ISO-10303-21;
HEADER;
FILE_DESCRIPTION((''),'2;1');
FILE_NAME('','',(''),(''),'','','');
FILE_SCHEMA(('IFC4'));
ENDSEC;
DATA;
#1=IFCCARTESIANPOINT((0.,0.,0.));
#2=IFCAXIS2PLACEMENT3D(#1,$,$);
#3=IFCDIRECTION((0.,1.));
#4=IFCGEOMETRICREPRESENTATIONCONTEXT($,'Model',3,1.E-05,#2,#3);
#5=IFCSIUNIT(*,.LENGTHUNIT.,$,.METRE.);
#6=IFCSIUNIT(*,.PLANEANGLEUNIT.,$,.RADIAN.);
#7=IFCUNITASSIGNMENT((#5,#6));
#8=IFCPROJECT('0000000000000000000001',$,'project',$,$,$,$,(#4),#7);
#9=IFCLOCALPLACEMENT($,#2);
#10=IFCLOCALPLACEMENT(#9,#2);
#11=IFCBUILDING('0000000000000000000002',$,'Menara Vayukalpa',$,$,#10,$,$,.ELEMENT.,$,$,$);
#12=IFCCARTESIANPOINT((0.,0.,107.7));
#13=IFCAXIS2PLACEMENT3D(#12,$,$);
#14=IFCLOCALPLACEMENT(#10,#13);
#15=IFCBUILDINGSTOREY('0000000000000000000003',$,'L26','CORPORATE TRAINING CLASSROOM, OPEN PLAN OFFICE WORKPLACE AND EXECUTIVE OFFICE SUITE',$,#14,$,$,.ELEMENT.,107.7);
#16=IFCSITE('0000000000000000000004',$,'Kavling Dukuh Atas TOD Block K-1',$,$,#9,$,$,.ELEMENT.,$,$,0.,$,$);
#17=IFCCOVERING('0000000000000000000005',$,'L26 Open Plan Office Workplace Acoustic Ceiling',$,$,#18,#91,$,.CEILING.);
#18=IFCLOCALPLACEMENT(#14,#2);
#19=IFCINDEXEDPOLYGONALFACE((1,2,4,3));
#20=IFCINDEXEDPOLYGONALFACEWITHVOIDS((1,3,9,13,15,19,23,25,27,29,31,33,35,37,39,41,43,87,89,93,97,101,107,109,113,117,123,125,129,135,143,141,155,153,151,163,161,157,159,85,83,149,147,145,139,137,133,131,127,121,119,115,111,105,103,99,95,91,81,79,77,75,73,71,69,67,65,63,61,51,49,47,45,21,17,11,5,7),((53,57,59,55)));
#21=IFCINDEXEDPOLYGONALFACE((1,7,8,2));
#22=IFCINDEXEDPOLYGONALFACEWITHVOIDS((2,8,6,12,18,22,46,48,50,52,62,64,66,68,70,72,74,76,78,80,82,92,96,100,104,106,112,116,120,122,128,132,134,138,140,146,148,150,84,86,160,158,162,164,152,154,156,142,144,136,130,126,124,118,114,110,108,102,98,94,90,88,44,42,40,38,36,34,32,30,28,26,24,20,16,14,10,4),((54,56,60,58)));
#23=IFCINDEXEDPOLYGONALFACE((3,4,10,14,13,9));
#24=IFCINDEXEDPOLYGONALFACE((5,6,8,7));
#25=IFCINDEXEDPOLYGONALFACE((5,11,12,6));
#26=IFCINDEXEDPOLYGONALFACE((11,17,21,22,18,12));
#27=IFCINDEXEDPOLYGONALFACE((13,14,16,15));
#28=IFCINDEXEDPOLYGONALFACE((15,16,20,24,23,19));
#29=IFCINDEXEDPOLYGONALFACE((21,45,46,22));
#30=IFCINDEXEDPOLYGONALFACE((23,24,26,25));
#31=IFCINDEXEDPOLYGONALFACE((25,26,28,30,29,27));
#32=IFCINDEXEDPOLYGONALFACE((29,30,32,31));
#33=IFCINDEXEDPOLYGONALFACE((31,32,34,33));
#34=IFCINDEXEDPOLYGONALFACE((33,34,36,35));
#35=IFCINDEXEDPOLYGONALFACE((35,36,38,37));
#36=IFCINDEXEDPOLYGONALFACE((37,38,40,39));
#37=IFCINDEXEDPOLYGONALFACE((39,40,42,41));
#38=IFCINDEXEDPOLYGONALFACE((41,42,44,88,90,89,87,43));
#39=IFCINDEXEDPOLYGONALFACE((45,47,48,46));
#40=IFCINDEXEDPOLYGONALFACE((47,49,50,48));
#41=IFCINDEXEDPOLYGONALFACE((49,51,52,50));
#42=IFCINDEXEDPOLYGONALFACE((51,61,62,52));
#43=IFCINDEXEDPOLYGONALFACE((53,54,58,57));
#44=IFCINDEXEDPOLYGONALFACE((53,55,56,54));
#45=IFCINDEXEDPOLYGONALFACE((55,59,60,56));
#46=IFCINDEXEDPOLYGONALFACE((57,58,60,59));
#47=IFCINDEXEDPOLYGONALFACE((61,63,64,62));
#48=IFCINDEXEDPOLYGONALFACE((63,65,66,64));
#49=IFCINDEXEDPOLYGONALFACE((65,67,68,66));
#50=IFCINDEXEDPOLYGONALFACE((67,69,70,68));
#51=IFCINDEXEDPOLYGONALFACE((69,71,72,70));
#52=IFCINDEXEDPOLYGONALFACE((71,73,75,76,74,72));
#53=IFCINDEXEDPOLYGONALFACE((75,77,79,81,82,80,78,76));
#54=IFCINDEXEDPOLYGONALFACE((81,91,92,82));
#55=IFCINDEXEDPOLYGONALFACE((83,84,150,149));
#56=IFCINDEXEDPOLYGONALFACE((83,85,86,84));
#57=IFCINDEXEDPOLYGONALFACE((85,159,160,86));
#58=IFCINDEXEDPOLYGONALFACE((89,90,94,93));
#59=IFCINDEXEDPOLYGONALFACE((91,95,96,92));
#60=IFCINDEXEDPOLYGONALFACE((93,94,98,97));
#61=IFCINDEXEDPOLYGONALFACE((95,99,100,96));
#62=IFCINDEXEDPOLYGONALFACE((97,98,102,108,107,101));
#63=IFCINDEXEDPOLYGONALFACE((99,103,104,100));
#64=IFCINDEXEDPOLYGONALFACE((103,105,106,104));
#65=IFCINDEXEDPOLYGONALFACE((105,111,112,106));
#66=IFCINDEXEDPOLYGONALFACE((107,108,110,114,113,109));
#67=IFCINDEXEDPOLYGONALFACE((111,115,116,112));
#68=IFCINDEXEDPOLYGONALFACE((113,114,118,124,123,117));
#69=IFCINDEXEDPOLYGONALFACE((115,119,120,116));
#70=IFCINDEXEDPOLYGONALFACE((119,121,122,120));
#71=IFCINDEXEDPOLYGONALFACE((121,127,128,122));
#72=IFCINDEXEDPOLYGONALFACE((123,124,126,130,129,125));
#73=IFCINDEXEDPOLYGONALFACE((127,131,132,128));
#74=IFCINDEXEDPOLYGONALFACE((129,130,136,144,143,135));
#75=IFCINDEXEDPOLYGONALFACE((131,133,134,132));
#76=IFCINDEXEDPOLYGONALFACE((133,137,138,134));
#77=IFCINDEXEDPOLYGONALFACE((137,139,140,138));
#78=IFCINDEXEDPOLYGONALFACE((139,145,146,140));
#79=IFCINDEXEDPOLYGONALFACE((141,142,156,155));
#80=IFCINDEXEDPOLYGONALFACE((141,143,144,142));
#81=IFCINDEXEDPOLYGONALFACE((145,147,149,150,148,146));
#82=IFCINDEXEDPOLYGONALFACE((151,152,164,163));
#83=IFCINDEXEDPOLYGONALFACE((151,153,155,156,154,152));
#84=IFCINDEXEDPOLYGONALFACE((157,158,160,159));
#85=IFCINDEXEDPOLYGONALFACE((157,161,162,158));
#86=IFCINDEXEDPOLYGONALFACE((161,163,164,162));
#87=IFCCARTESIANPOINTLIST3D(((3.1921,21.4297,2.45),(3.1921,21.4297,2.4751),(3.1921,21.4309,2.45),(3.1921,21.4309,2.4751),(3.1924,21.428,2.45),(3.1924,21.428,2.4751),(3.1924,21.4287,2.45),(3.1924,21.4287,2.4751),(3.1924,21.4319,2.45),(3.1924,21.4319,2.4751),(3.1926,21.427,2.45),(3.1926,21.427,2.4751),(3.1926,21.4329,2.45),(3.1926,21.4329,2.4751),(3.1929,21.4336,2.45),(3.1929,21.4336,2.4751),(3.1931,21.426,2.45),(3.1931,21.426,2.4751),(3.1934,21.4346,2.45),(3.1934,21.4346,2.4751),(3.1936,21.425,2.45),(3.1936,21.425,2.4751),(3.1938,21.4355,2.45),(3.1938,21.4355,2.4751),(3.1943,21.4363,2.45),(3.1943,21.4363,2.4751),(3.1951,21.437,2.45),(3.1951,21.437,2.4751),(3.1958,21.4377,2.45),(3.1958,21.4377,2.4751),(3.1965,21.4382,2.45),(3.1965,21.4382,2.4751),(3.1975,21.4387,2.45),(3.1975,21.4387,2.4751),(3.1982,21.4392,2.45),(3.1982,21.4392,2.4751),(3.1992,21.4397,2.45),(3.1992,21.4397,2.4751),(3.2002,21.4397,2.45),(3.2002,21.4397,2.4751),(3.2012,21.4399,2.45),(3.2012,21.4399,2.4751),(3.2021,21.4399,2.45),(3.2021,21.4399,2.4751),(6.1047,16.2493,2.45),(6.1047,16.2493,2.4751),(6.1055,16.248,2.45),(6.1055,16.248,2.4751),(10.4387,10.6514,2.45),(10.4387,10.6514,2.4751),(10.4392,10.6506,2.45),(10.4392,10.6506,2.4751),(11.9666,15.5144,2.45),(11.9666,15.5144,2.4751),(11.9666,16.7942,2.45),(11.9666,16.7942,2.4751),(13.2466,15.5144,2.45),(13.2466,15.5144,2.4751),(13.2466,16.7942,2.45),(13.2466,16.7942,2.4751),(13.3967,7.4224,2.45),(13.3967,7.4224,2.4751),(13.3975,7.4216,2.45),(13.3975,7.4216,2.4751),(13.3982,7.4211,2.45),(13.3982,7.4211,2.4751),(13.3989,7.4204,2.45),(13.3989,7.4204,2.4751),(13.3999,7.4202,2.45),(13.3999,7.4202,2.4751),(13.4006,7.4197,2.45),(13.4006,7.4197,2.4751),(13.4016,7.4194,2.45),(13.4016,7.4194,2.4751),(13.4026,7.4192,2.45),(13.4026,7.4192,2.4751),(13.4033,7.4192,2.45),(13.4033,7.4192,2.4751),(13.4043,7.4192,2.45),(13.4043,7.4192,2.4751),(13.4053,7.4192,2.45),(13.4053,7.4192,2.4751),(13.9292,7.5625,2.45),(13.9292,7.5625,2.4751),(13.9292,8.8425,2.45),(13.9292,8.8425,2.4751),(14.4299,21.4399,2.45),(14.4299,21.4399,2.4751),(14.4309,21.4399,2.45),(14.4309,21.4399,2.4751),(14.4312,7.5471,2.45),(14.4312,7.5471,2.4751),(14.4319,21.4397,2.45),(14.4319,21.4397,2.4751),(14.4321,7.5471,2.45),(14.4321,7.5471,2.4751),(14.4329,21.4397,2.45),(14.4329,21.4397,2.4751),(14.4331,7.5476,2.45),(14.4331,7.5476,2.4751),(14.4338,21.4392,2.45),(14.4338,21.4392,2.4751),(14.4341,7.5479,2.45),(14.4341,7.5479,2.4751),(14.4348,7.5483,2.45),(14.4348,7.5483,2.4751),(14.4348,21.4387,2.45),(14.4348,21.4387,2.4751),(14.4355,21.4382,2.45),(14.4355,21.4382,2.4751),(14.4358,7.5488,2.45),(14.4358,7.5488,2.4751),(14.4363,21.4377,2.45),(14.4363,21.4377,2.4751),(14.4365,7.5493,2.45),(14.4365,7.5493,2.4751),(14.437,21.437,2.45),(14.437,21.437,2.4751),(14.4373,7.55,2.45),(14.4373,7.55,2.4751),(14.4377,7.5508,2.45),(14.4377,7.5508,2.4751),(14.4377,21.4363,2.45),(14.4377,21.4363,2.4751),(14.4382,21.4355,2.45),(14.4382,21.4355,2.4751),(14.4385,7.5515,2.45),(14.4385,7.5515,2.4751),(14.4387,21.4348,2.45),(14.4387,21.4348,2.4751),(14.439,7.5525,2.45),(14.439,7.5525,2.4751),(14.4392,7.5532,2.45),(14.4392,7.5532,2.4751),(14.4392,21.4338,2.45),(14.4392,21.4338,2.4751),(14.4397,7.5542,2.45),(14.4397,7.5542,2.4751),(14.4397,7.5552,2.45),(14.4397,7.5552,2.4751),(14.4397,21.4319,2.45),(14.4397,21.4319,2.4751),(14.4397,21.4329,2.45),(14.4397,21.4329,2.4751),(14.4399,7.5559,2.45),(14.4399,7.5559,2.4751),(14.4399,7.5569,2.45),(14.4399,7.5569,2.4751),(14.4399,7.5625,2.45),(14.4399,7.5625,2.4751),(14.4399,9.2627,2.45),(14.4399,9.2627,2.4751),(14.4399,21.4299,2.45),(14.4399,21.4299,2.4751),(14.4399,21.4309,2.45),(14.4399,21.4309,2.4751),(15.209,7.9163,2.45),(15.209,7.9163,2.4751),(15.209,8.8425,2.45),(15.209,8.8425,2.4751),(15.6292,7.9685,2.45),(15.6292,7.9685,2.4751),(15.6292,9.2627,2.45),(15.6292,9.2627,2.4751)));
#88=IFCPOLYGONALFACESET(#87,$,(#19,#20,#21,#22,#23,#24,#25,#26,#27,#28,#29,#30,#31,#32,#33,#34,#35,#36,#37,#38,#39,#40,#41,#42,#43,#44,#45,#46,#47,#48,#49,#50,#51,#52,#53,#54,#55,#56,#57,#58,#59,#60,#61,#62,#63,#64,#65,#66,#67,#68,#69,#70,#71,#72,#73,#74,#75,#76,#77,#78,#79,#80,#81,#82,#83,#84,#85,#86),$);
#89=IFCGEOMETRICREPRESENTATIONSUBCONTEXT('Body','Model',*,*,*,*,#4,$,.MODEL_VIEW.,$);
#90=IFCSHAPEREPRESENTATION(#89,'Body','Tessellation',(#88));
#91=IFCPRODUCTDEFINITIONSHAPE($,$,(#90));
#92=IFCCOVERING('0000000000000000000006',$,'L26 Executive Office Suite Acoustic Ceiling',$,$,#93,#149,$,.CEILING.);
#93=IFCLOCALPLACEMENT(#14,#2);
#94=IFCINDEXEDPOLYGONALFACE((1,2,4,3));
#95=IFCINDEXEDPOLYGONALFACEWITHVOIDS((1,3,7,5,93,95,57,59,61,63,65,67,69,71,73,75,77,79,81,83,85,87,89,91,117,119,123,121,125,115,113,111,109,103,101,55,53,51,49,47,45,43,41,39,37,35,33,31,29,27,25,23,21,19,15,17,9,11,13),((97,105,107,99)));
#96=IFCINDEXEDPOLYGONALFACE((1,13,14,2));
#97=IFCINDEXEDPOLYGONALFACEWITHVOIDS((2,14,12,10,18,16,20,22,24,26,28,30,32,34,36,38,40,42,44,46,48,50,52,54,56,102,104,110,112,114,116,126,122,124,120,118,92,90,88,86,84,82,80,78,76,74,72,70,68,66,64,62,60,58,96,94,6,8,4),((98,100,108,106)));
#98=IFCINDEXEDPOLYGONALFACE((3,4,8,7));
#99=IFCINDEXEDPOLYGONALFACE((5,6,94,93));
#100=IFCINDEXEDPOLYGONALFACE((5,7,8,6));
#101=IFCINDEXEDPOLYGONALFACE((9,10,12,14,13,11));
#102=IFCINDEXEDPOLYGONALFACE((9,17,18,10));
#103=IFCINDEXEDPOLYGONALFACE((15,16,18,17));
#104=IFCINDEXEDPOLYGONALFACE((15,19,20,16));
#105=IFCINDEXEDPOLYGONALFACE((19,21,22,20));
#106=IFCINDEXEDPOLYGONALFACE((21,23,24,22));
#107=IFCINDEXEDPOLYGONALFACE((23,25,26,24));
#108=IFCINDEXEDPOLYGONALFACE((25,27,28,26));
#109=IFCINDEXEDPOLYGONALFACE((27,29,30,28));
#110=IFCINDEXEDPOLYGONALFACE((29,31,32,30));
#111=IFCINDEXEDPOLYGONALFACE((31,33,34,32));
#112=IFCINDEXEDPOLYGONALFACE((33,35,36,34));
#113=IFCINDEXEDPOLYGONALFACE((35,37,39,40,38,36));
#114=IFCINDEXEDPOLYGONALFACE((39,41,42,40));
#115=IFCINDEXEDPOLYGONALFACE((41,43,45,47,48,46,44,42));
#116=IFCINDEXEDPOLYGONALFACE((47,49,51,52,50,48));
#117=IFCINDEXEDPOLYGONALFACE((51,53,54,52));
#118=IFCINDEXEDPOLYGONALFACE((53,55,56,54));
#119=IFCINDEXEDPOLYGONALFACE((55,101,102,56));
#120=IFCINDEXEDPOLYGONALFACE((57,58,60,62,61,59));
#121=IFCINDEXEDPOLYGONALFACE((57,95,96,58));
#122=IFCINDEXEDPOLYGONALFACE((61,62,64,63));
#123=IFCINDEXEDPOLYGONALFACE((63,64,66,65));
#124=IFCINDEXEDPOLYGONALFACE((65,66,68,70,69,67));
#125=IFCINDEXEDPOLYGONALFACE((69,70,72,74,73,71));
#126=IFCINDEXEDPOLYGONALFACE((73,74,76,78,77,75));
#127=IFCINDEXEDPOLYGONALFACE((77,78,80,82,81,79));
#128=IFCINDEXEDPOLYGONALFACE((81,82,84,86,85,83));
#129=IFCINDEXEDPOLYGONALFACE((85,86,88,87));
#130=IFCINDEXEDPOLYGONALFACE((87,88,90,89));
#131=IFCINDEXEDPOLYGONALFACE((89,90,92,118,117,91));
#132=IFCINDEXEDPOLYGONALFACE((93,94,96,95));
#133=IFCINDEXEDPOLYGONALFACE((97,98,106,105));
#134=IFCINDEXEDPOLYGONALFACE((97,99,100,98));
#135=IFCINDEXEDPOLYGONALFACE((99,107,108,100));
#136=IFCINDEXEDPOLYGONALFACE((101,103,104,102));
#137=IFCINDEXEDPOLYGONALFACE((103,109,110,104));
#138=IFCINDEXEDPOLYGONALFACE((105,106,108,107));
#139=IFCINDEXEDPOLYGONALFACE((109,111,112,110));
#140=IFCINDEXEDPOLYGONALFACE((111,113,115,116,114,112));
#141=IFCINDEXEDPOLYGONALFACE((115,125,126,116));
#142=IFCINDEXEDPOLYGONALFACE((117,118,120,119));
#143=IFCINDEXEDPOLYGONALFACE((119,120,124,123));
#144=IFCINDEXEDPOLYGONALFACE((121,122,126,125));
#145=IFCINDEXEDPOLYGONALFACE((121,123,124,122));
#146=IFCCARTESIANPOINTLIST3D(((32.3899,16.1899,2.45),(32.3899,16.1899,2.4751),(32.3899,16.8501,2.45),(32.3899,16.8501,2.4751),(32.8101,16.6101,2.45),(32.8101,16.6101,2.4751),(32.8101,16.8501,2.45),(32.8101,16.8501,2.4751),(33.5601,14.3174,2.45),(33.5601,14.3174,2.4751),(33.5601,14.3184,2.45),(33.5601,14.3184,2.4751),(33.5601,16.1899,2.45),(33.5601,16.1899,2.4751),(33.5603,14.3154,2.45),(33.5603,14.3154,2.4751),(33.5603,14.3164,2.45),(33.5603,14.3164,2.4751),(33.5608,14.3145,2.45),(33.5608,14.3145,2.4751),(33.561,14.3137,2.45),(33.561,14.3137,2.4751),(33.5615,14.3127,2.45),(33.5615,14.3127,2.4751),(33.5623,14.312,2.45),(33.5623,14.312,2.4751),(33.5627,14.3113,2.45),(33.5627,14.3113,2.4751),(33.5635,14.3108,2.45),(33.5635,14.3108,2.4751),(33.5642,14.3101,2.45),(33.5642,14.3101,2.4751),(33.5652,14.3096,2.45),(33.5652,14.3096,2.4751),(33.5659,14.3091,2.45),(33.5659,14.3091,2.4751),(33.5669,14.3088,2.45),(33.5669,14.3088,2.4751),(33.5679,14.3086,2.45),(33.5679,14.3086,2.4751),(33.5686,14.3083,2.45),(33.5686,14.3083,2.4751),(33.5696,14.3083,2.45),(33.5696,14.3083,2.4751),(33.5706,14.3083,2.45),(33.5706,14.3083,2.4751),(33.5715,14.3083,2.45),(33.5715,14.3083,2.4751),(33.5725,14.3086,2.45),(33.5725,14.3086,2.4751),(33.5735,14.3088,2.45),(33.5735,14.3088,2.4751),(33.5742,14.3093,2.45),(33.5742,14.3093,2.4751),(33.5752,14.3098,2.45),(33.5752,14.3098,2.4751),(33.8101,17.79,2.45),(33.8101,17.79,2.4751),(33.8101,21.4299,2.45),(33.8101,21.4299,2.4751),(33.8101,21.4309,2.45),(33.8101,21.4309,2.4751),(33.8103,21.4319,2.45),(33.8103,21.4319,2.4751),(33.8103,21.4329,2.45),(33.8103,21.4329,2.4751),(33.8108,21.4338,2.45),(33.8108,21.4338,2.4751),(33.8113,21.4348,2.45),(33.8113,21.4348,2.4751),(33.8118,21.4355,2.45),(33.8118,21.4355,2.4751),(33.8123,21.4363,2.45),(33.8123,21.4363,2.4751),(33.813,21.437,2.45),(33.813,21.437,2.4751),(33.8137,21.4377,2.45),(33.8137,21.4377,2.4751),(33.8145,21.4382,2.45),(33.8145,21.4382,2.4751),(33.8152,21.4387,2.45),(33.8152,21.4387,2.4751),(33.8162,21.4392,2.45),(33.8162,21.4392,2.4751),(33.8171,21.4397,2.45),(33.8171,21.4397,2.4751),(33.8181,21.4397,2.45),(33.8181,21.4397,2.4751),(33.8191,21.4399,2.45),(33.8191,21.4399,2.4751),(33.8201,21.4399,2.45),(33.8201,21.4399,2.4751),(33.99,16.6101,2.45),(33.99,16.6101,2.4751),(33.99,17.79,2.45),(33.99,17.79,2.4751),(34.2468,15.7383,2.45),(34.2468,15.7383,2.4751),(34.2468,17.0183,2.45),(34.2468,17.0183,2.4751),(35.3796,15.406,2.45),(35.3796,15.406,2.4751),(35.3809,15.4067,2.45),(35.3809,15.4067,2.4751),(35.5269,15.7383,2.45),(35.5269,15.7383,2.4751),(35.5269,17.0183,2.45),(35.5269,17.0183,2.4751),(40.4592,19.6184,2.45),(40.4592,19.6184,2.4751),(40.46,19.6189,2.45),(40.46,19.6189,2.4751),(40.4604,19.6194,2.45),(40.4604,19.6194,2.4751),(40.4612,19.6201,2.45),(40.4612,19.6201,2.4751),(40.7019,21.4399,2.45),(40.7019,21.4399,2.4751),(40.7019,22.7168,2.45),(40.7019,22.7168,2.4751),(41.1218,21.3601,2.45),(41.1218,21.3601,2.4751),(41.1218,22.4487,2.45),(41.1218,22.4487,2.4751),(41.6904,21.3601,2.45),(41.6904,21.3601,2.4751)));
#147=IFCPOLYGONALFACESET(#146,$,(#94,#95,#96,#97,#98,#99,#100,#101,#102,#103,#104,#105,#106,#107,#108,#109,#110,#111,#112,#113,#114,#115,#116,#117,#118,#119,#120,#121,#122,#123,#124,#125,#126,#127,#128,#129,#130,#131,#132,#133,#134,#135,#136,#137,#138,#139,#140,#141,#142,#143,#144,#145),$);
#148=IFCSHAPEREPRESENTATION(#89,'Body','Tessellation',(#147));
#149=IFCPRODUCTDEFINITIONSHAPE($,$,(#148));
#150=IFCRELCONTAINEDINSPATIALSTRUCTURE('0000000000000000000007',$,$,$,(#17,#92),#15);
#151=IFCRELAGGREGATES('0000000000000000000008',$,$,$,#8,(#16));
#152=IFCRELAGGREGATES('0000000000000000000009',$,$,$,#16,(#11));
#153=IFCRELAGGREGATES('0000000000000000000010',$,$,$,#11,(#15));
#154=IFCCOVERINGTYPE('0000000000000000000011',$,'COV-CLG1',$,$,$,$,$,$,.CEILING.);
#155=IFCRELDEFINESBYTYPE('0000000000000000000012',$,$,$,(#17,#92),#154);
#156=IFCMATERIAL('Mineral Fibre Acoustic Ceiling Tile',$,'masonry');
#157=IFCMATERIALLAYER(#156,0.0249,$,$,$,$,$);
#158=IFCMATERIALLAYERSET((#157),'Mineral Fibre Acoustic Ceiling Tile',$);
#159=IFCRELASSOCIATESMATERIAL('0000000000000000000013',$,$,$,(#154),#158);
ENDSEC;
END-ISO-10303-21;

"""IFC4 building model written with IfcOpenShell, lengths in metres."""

from ifc_helpers import new_model, si_unit, direction, frame, origin, place, context, subcontext, project, spatial, polyline, outline, extrude, material, layer, layer_set, type_object, element, save


model = new_model("IFC4")

# Units and contexts
model_context = context("Model", 3, precision=1e-05, world=origin(), true_north=direction((0.0, 1.0)))
body_context = subcontext(model_context, "Body", "Model", "MODEL_VIEW")
ifc_project = project(units=[si_unit("LENGTHUNIT", "METRE"), si_unit("PLANEANGLEUNIT", "RADIAN")], contexts=[model_context])

# Site, building, storey
site_placement = place(None, origin())
site = spatial("IfcSite", under=ifc_project, at=site_placement, Name="Kavling Dukuh Atas TOD Block K-1", CompositionType="ELEMENT", RefElevation=0.0)
building_placement = place(site_placement, origin())
building = spatial("IfcBuilding", under=site, at=building_placement, Name="Menara Vayukalpa", CompositionType="ELEMENT")
storey_placement = place(building_placement, frame((0.0, 0.0, 107.7)))
storey = spatial("IfcBuildingStorey", under=building, at=storey_placement, Name="L26", Description="CORPORATE TRAINING CLASSROOM, OPEN PLAN OFFICE WORKPLACE AND EXECUTIVE OFFICE SUITE", CompositionType="ELEMENT", Elevation=107.7)

# Coverings
ifc_material_1 = material(Name="Mineral Fibre Acoustic Ceiling Tile", Category="masonry")
ifc_layer_1 = layer(ifc_material_1, 0.0249)
ifc_layer_set_1 = layer_set([ifc_layer_1], Name="Mineral Fibre Acoustic Ceiling Tile")
covering_type_1 = type_object("IfcCoveringType", Name="COV-CLG1", PredefinedType="CEILING", material=ifc_layer_set_1)
covering_1_placement = place(storey_placement, frame((0.0, 0.0, 2.45)))
element("IfcCovering", 1, at=covering_1_placement, inside=storey, type_object=covering_type_1, Name="L26 Open Plan Office Workplace Acoustic Ceiling", PredefinedType="CEILING", context=body_context, shape_type="SweptSolid", body=[
    extrude(outline(polyline([(15.6292, 7.9685), (15.209, 7.9163), (15.209, 8.8425), (13.9292, 8.8425), (13.9292, 7.5625), (14.4399, 7.5625), (14.4399, 7.5569), (14.4399, 7.5559), (14.4397, 7.5552), (14.4397, 7.5542), (14.4392, 7.5532), (14.439, 7.5525), (14.4385, 7.5515), (14.4377, 7.5508), (14.4373, 7.55), (14.4365, 7.5493), (14.4358, 7.5488), (14.4348, 7.5483), (14.4341, 7.5479), (14.4331, 7.5476), (14.4321, 7.5471), (14.4312, 7.5471), (13.4053, 7.4192), (13.4043, 7.4192), (13.4033, 7.4192), (13.4026, 7.4192), (13.4016, 7.4194), (13.4006, 7.4197), (13.3999, 7.4202), (13.3989, 7.4204), (13.3982, 7.4211), (13.3975, 7.4216), (13.3967, 7.4224), (10.4392, 10.6506), (10.4387, 10.6514), (6.1055, 16.248), (6.1047, 16.2493), (3.1936, 21.425), (3.1931, 21.426), (3.1926, 21.427), (3.1924, 21.428), (3.1924, 21.4287), (3.1921, 21.4297), (3.1921, 21.4309), (3.1924, 21.4319), (3.1926, 21.4329), (3.1929, 21.4336), (3.1934, 21.4346), (3.1938, 21.4355), (3.1943, 21.4363), (3.1951, 21.437), (3.1958, 21.4377), (3.1965, 21.4382), (3.1975, 21.4387), (3.1982, 21.4392), (3.1992, 21.4397), (3.2002, 21.4397), (3.2012, 21.4399), (3.2021, 21.4399), (14.4299, 21.4399), (14.4309, 21.4399), (14.4319, 21.4397), (14.4329, 21.4397), (14.4338, 21.4392), (14.4348, 21.4387), (14.4355, 21.4382), (14.4363, 21.4377), (14.437, 21.437), (14.4377, 21.4363), (14.4382, 21.4355), (14.4387, 21.4348), (14.4392, 21.4338), (14.4397, 21.4329), (14.4397, 21.4319), (14.4399, 21.4309), (14.4399, 21.4299), (14.4399, 9.2627), (15.6292, 9.2627), (15.6292, 7.9685)]), holes=[polyline([(13.2466, 16.7942), (11.9666, 16.7942), (11.9666, 15.5144), (13.2466, 15.5144), (13.2466, 16.7942)])]), origin(), (0.0, 0.0, 1.0), 0.0251),
])
covering_2_placement = place(storey_placement, frame((0.0, 0.0, 2.45)))
element("IfcCovering", 2, at=covering_2_placement, inside=storey, type_object=covering_type_1, Name="L26 Executive Office Suite Acoustic Ceiling", PredefinedType="CEILING", context=body_context, shape_type="SweptSolid", body=[
    extrude(outline(polyline([(32.3899, 16.8501), (32.8101, 16.8501), (32.8101, 16.6101), (33.99, 16.6101), (33.99, 17.79), (33.8101, 17.79), (33.8101, 21.4299), (33.8101, 21.4309), (33.8103, 21.4319), (33.8103, 21.4329), (33.8108, 21.4338), (33.8113, 21.4348), (33.8118, 21.4355), (33.8123, 21.4363), (33.813, 21.437), (33.8137, 21.4377), (33.8145, 21.4382), (33.8152, 21.4387), (33.8162, 21.4392), (33.8171, 21.4397), (33.8181, 21.4397), (33.8191, 21.4399), (33.8201, 21.4399), (40.7019, 21.4399), (40.7019, 22.7168), (41.1218, 22.4487), (41.1218, 21.3601), (41.6904, 21.3601), (40.4612, 19.6201), (40.4604, 19.6194), (40.46, 19.6189), (40.4592, 19.6184), (35.3809, 15.4067), (35.3796, 15.406), (33.5752, 14.3098), (33.5742, 14.3093), (33.5735, 14.3088), (33.5725, 14.3086), (33.5715, 14.3083), (33.5706, 14.3083), (33.5696, 14.3083), (33.5686, 14.3083), (33.5679, 14.3086), (33.5669, 14.3088), (33.5659, 14.3091), (33.5652, 14.3096), (33.5642, 14.3101), (33.5635, 14.3108), (33.5627, 14.3113), (33.5623, 14.312), (33.5615, 14.3127), (33.561, 14.3137), (33.5608, 14.3145), (33.5603, 14.3154), (33.5603, 14.3164), (33.5601, 14.3174), (33.5601, 14.3184), (33.5601, 16.1899), (32.3899, 16.1899), (32.3899, 16.8501)]), holes=[polyline([(35.5269, 17.0183), (34.2468, 17.0183), (34.2468, 15.7383), (35.5269, 15.7383), (35.5269, 17.0183)])]), origin(), (0.0, 0.0, 1.0), 0.0251),
])

save(model, "model.ifc")
